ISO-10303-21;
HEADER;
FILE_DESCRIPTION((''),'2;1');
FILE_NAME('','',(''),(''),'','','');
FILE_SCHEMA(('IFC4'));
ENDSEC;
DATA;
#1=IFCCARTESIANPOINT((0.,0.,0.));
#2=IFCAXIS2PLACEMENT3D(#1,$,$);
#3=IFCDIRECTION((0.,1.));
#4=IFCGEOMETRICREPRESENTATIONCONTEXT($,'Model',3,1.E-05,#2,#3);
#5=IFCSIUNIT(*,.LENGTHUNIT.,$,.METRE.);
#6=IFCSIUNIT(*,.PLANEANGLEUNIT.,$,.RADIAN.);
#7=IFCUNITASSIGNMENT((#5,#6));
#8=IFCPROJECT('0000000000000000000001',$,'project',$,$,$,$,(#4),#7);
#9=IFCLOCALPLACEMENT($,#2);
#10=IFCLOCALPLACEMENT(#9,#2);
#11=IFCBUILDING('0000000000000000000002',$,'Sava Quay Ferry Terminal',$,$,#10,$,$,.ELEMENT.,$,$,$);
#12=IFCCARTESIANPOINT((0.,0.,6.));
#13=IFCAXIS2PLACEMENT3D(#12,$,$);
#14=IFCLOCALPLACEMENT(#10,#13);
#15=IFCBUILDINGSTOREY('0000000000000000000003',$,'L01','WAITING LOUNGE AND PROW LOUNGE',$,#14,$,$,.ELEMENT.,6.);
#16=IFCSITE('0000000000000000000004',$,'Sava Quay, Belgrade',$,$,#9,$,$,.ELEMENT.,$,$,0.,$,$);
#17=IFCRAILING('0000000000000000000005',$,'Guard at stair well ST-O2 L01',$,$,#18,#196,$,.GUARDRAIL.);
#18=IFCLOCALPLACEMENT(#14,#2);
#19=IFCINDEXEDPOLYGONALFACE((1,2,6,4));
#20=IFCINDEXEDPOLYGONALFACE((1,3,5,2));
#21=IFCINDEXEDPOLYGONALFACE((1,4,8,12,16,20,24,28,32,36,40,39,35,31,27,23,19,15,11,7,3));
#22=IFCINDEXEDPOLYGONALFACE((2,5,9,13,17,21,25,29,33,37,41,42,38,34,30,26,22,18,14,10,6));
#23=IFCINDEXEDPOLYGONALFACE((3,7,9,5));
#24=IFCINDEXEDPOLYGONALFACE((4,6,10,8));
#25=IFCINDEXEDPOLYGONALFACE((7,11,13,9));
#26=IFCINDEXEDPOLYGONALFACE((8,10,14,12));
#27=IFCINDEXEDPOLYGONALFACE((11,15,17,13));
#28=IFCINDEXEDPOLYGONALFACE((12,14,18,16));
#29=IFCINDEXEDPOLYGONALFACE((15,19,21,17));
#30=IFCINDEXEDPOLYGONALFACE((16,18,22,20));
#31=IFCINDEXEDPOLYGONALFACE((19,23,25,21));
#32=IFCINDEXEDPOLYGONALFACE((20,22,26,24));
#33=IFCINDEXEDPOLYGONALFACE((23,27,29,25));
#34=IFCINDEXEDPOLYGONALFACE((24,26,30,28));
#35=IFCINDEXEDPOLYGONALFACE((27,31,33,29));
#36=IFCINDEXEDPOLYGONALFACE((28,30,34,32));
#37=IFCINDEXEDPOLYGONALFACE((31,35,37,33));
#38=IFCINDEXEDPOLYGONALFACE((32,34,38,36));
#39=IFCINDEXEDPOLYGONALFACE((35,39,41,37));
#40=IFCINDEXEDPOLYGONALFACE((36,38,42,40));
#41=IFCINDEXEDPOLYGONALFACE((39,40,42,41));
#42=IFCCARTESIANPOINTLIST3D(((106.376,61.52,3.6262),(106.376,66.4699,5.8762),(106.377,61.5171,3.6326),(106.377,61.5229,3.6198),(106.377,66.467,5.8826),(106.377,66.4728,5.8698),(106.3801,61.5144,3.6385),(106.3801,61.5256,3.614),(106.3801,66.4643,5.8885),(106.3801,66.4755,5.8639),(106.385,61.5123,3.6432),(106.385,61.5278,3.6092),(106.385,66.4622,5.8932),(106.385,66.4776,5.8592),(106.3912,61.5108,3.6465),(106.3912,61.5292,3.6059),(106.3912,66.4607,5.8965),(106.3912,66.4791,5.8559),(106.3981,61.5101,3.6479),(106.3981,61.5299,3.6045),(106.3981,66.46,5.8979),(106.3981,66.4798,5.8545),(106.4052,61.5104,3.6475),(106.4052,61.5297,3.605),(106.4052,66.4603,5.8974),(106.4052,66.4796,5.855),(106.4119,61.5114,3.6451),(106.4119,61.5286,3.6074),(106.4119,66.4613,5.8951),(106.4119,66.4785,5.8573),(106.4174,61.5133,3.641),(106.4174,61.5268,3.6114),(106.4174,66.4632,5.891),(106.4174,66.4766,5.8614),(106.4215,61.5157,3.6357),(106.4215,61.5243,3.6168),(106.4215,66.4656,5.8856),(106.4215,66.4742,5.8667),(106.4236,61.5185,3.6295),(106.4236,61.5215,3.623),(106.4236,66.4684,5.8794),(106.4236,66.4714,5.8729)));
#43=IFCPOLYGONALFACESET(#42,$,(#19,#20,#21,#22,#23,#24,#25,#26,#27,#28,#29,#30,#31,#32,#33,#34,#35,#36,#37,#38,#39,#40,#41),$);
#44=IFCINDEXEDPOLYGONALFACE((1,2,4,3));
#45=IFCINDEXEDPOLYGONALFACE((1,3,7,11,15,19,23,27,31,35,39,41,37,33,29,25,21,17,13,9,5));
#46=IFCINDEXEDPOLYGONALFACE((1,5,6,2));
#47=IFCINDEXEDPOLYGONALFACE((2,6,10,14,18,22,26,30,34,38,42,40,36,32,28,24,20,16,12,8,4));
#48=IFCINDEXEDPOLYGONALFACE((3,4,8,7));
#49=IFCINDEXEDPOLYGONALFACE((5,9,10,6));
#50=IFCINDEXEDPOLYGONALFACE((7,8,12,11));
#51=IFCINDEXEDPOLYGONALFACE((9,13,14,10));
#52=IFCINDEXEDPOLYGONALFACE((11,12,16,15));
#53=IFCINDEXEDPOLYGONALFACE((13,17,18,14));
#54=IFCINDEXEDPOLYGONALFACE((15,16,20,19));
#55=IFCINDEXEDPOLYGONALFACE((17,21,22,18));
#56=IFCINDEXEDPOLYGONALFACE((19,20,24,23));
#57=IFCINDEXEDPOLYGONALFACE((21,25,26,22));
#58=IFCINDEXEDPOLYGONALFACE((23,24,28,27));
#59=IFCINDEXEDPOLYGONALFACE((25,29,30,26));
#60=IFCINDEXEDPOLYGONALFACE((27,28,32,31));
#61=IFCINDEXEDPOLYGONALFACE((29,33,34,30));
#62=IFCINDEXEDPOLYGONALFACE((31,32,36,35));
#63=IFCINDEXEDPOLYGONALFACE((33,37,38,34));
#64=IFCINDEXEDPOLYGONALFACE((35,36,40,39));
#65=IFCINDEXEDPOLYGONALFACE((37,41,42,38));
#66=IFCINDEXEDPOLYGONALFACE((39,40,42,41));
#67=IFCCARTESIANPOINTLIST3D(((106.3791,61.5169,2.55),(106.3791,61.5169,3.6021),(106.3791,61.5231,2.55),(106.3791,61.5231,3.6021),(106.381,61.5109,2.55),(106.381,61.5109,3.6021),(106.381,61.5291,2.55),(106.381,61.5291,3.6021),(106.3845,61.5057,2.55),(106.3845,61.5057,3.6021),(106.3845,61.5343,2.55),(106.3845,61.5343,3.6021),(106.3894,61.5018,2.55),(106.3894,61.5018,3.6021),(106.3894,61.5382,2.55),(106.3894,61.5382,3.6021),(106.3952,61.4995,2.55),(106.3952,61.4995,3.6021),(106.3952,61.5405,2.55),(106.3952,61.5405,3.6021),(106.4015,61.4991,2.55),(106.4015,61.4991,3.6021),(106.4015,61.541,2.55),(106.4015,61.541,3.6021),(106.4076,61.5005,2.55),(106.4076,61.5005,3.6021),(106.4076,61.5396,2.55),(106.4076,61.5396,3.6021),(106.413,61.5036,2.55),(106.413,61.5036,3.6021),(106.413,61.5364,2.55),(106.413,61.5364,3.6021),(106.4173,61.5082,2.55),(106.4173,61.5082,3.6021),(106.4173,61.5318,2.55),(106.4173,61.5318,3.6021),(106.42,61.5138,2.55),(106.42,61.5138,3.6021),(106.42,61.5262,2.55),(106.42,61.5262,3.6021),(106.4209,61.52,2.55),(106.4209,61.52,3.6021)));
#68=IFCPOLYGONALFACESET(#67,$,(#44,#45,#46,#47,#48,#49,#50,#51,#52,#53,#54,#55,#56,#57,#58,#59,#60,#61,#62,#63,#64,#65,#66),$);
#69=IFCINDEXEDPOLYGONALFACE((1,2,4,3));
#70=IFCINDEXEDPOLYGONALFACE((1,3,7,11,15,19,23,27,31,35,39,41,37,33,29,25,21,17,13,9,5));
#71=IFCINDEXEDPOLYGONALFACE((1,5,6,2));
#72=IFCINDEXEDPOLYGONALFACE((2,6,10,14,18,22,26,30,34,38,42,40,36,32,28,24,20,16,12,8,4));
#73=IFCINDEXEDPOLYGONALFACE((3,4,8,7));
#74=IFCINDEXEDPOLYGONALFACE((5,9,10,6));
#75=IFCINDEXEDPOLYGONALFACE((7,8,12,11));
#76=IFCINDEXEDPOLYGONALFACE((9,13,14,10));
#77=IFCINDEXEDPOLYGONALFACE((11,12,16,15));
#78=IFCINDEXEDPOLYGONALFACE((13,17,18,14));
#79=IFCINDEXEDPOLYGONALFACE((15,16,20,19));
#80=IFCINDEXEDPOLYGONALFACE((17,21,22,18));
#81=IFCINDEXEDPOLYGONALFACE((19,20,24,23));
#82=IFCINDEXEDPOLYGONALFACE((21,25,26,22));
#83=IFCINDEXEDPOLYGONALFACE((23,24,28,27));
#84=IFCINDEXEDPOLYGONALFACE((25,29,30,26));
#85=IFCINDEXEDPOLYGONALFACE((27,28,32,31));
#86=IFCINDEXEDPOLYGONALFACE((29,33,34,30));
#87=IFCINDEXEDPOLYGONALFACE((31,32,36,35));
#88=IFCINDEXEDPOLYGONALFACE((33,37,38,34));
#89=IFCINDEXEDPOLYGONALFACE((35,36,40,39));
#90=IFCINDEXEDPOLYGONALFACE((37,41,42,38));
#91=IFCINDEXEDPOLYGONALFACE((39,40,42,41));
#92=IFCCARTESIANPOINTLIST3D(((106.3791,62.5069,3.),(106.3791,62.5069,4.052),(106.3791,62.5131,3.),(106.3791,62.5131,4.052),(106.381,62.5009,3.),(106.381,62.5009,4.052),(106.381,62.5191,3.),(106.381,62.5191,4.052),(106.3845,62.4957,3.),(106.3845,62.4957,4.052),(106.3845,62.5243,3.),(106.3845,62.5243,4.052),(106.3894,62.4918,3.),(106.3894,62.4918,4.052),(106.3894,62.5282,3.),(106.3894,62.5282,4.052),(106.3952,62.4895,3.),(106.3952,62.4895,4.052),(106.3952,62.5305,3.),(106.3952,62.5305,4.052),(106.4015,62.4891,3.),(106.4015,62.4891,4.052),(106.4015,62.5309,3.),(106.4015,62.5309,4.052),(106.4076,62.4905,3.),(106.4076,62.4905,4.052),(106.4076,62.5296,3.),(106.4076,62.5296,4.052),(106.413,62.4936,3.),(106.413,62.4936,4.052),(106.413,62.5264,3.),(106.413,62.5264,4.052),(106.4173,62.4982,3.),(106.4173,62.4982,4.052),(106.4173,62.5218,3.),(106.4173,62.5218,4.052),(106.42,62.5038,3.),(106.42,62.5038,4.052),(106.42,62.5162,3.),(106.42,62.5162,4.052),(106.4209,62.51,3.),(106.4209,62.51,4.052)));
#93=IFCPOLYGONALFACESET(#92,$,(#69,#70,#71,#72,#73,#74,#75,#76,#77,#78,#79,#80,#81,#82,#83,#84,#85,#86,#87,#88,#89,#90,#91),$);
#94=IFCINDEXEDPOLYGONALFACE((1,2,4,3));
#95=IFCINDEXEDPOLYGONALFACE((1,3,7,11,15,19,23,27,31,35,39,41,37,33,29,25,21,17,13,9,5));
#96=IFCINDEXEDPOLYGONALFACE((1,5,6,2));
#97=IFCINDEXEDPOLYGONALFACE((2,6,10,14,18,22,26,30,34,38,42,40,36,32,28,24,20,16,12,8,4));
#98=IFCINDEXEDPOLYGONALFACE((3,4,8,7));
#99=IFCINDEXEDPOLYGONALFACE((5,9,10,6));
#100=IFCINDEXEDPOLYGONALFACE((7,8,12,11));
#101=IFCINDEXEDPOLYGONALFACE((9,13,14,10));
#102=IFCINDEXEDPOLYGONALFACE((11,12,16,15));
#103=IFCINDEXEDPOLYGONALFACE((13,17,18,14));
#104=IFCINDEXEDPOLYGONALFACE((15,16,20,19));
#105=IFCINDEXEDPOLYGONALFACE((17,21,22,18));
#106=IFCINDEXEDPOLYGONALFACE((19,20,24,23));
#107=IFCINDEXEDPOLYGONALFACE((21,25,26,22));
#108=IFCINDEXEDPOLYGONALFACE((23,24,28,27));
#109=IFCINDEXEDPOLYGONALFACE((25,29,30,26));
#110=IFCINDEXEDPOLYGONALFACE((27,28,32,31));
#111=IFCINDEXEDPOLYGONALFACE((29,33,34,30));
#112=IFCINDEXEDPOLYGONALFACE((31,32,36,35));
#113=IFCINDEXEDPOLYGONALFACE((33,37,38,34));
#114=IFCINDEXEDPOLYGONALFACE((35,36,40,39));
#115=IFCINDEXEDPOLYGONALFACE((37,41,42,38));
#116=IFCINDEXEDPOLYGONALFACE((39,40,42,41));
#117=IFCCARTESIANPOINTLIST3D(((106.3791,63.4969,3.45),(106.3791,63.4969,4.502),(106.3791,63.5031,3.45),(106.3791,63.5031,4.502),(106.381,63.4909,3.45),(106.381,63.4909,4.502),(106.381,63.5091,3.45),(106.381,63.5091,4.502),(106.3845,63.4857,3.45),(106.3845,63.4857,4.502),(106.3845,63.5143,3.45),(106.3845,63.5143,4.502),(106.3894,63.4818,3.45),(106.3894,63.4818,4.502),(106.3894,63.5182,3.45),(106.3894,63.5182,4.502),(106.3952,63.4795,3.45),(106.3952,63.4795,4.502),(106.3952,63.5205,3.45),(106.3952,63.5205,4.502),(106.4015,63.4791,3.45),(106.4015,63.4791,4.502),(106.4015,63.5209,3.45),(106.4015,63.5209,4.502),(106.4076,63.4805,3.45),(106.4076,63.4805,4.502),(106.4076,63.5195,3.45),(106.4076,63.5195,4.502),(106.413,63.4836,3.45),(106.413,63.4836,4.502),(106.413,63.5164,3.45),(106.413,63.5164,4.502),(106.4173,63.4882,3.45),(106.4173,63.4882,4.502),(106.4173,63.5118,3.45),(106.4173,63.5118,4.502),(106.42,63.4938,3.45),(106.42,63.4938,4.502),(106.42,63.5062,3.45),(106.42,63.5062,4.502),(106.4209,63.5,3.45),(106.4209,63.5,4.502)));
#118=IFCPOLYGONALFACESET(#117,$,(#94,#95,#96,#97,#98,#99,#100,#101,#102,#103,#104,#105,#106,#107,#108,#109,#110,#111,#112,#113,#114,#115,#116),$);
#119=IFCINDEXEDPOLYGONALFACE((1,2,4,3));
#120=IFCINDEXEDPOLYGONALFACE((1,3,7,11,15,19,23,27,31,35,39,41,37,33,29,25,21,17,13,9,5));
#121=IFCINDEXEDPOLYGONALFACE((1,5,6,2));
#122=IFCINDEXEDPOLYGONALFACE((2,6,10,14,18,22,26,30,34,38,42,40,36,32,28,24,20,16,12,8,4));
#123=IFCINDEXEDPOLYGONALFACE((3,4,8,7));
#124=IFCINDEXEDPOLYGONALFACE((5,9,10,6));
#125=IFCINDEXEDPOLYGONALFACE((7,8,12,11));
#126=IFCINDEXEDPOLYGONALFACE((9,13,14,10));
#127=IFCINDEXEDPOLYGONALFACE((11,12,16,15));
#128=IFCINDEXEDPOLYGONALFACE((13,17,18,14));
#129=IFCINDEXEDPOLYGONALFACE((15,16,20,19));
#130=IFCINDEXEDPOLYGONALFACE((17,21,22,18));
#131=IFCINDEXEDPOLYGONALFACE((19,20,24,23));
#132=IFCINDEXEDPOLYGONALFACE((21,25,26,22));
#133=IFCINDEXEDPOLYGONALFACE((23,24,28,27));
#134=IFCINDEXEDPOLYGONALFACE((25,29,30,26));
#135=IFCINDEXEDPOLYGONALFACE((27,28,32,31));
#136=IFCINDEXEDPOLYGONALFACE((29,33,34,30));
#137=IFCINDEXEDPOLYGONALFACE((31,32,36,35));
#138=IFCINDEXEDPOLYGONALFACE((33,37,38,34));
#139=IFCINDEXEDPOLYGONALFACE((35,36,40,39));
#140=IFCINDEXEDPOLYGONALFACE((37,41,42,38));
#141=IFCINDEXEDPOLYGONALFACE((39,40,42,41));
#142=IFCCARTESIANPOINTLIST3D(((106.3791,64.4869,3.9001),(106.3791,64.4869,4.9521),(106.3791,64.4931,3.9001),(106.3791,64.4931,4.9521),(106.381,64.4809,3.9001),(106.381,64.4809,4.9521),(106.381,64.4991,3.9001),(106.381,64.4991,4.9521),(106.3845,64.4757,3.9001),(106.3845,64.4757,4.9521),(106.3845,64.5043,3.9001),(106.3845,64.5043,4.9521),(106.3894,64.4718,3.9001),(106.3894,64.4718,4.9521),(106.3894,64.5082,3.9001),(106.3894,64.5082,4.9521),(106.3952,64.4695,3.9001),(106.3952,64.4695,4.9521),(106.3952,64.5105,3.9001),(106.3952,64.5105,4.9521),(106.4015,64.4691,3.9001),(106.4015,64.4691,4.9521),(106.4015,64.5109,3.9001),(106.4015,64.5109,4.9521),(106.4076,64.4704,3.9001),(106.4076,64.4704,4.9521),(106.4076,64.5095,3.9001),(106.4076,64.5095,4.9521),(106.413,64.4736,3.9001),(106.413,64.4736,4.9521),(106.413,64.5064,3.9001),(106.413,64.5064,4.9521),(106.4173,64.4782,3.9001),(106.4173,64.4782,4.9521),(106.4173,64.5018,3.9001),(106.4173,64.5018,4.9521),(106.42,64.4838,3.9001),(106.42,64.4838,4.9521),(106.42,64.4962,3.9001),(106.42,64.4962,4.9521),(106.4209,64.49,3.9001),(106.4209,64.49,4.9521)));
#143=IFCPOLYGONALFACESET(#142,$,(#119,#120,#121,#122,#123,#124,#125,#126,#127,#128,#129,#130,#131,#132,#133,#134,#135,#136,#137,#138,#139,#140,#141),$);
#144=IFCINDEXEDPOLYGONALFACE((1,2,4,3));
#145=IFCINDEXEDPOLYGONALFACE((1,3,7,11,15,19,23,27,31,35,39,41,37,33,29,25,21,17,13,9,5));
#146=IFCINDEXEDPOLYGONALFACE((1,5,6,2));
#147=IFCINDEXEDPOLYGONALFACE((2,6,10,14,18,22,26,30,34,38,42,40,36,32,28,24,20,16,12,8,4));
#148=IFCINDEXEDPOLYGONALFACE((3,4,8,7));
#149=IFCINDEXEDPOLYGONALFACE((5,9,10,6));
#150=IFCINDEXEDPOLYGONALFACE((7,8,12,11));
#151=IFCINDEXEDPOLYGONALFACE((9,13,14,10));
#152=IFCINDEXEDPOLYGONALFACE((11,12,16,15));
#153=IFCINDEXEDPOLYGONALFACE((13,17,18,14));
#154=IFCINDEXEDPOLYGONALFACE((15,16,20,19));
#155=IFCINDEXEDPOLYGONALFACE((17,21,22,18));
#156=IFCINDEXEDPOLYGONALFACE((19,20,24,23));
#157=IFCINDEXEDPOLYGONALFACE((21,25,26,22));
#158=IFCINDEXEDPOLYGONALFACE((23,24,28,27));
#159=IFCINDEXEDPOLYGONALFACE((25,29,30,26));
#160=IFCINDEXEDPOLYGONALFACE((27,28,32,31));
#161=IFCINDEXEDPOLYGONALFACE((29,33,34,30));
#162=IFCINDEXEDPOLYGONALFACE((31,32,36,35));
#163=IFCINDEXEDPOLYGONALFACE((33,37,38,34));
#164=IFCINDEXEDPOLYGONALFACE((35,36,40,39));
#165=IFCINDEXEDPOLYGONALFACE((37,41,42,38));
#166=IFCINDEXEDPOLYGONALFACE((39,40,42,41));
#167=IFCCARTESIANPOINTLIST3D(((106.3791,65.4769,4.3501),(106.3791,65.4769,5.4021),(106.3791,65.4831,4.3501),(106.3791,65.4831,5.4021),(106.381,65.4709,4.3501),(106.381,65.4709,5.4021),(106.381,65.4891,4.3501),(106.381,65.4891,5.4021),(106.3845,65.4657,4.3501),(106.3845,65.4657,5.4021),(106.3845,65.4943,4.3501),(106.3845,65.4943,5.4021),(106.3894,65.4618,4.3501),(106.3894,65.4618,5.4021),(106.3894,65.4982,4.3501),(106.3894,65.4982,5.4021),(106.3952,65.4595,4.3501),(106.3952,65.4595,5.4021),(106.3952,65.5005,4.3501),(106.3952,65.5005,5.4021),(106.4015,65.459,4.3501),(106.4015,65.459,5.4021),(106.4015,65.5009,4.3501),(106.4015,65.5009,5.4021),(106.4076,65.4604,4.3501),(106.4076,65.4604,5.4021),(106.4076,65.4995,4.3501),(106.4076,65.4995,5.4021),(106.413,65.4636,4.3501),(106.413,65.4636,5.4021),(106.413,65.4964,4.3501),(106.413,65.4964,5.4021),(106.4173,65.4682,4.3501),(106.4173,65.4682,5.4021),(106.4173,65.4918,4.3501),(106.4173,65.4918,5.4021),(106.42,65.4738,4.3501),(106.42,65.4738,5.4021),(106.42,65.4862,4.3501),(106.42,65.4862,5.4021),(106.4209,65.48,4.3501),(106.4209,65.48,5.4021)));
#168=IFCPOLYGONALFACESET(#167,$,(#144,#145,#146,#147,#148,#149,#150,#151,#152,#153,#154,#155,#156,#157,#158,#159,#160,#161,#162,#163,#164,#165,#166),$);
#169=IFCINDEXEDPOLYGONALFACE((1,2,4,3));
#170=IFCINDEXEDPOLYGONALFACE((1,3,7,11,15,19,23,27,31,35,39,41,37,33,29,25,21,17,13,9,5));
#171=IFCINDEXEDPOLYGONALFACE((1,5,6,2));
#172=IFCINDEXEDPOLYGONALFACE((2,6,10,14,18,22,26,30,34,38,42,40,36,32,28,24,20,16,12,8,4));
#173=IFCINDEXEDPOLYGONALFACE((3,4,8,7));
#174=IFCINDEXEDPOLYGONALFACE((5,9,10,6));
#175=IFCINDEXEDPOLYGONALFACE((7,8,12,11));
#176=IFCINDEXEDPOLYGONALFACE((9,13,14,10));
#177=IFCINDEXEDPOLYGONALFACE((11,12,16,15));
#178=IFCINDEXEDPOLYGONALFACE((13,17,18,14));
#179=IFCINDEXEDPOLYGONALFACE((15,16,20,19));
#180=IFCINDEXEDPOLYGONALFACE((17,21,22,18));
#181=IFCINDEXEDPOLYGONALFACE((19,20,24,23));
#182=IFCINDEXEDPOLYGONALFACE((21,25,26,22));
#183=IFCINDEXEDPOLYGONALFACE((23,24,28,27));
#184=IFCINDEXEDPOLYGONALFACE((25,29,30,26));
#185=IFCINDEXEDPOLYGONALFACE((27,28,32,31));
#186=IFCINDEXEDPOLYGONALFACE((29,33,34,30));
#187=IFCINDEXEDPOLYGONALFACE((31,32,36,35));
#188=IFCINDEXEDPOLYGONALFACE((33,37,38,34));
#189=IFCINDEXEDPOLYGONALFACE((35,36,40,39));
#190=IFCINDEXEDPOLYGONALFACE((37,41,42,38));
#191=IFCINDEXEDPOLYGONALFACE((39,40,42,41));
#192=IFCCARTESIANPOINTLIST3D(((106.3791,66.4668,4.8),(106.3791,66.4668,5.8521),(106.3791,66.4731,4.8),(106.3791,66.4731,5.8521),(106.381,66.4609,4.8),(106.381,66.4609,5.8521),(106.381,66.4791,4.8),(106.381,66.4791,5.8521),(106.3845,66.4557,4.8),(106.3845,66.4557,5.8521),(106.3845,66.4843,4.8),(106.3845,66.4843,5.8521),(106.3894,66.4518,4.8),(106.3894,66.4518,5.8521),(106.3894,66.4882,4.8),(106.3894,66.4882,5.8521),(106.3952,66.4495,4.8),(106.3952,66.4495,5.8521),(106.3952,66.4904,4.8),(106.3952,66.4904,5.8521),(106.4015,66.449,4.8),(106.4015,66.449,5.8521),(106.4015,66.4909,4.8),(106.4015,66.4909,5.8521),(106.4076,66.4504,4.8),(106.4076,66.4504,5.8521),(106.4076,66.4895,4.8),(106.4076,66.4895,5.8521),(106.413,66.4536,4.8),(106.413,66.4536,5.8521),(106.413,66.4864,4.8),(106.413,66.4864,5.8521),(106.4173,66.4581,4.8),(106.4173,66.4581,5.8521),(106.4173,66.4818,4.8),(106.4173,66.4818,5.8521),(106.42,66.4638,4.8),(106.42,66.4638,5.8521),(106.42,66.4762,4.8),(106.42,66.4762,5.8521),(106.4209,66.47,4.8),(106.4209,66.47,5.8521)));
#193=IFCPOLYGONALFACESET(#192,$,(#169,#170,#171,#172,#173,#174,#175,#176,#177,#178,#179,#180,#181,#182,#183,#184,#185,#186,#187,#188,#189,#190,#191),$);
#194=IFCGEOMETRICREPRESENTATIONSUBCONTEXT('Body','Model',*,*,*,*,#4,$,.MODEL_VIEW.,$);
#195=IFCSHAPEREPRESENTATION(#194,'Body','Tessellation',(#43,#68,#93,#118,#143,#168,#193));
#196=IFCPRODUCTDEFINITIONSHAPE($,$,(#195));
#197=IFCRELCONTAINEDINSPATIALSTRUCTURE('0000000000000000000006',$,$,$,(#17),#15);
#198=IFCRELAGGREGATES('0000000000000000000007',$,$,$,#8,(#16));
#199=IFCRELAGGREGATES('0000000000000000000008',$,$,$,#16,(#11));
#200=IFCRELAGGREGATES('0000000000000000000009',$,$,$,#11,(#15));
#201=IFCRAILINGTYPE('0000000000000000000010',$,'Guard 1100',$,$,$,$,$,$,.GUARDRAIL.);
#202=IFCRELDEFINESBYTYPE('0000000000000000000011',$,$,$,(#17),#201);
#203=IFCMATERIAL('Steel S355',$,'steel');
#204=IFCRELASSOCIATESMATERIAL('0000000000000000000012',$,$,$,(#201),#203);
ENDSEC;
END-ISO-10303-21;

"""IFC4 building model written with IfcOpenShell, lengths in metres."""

from ifc_helpers import new_model, si_unit, direction, frame, origin, origin_2d, place, context, subcontext, project, spatial, circle, extrude, material, type_object, element, save


model = new_model("IFC4")

# Units and contexts
model_context = context("Model", 3, precision=1e-05, world=origin(), true_north=direction((0.0, 1.0)))
body_context = subcontext(model_context, "Body", "Model", "MODEL_VIEW")
ifc_project = project(units=[si_unit("LENGTHUNIT", "METRE"), si_unit("PLANEANGLEUNIT", "RADIAN")], contexts=[model_context])

# Site, building, storey
site_placement = place(None, origin())
site = spatial("IfcSite", under=ifc_project, at=site_placement, Name="Sava Quay, Belgrade", CompositionType="ELEMENT", RefElevation=0.0)
building_placement = place(site_placement, origin())
building = spatial("IfcBuilding", under=site, at=building_placement, Name="Sava Quay Ferry Terminal", CompositionType="ELEMENT")
storey_placement = place(building_placement, frame((0.0, 0.0, 6.0)))
storey = spatial("IfcBuildingStorey", under=building, at=storey_placement, Name="L01", Description="WAITING LOUNGE AND PROW LOUNGE", CompositionType="ELEMENT", Elevation=6.0)

# Railing
ifc_material_1 = material(Name="Steel S355", Category="steel")
railing_type_1 = type_object("IfcRailingType", Name="Guard 1100", PredefinedType="GUARDRAIL", material=ifc_material_1)
railing_1_placement = place(storey_placement, frame((106.3999, 61.52, 2.55)))
element("IfcRailing", 1, at=railing_1_placement, inside=storey, type_object=railing_type_1, Name="Guard at stair well ST-O2 L01", PredefinedType="GUARDRAIL", context=body_context, shape_type="SweptSolid", body=[
    extrude(circle(Radius=0.0239, at=origin_2d()), frame((0.0, 0.0, 1.0762), z_axis=(0.0, 0.910365, 0.413806), x_axis=(-1.0, 0.0, 0.0)), (0.0, 0.0, 1.0), 5.4373),
    extrude(circle(Radius=0.021, at=origin_2d()), origin(), (0.0, 0.0, 1.0), 1.052),
    extrude(circle(Radius=0.021, at=origin_2d()), frame((0.0, 0.99, 0.45)), (0.0, 0.0, 1.0), 1.052),
    extrude(circle(Radius=0.021, at=origin_2d()), frame((0.0, 1.98, 0.8999)), (0.0, 0.0, 1.0), 1.052),
    extrude(circle(Radius=0.021, at=origin_2d()), frame((0.0, 2.97, 1.3501)), (0.0, 0.0, 1.0), 1.052),
    extrude(circle(Radius=0.021, at=origin_2d()), frame((0.0, 3.96, 1.8)), (0.0, 0.0, 1.0), 1.052),
    extrude(circle(Radius=0.021, at=origin_2d()), frame((0.0, 4.95, 2.25)), (0.0, 0.0, 1.0), 1.052),
])

save(model, "model.ifc")
